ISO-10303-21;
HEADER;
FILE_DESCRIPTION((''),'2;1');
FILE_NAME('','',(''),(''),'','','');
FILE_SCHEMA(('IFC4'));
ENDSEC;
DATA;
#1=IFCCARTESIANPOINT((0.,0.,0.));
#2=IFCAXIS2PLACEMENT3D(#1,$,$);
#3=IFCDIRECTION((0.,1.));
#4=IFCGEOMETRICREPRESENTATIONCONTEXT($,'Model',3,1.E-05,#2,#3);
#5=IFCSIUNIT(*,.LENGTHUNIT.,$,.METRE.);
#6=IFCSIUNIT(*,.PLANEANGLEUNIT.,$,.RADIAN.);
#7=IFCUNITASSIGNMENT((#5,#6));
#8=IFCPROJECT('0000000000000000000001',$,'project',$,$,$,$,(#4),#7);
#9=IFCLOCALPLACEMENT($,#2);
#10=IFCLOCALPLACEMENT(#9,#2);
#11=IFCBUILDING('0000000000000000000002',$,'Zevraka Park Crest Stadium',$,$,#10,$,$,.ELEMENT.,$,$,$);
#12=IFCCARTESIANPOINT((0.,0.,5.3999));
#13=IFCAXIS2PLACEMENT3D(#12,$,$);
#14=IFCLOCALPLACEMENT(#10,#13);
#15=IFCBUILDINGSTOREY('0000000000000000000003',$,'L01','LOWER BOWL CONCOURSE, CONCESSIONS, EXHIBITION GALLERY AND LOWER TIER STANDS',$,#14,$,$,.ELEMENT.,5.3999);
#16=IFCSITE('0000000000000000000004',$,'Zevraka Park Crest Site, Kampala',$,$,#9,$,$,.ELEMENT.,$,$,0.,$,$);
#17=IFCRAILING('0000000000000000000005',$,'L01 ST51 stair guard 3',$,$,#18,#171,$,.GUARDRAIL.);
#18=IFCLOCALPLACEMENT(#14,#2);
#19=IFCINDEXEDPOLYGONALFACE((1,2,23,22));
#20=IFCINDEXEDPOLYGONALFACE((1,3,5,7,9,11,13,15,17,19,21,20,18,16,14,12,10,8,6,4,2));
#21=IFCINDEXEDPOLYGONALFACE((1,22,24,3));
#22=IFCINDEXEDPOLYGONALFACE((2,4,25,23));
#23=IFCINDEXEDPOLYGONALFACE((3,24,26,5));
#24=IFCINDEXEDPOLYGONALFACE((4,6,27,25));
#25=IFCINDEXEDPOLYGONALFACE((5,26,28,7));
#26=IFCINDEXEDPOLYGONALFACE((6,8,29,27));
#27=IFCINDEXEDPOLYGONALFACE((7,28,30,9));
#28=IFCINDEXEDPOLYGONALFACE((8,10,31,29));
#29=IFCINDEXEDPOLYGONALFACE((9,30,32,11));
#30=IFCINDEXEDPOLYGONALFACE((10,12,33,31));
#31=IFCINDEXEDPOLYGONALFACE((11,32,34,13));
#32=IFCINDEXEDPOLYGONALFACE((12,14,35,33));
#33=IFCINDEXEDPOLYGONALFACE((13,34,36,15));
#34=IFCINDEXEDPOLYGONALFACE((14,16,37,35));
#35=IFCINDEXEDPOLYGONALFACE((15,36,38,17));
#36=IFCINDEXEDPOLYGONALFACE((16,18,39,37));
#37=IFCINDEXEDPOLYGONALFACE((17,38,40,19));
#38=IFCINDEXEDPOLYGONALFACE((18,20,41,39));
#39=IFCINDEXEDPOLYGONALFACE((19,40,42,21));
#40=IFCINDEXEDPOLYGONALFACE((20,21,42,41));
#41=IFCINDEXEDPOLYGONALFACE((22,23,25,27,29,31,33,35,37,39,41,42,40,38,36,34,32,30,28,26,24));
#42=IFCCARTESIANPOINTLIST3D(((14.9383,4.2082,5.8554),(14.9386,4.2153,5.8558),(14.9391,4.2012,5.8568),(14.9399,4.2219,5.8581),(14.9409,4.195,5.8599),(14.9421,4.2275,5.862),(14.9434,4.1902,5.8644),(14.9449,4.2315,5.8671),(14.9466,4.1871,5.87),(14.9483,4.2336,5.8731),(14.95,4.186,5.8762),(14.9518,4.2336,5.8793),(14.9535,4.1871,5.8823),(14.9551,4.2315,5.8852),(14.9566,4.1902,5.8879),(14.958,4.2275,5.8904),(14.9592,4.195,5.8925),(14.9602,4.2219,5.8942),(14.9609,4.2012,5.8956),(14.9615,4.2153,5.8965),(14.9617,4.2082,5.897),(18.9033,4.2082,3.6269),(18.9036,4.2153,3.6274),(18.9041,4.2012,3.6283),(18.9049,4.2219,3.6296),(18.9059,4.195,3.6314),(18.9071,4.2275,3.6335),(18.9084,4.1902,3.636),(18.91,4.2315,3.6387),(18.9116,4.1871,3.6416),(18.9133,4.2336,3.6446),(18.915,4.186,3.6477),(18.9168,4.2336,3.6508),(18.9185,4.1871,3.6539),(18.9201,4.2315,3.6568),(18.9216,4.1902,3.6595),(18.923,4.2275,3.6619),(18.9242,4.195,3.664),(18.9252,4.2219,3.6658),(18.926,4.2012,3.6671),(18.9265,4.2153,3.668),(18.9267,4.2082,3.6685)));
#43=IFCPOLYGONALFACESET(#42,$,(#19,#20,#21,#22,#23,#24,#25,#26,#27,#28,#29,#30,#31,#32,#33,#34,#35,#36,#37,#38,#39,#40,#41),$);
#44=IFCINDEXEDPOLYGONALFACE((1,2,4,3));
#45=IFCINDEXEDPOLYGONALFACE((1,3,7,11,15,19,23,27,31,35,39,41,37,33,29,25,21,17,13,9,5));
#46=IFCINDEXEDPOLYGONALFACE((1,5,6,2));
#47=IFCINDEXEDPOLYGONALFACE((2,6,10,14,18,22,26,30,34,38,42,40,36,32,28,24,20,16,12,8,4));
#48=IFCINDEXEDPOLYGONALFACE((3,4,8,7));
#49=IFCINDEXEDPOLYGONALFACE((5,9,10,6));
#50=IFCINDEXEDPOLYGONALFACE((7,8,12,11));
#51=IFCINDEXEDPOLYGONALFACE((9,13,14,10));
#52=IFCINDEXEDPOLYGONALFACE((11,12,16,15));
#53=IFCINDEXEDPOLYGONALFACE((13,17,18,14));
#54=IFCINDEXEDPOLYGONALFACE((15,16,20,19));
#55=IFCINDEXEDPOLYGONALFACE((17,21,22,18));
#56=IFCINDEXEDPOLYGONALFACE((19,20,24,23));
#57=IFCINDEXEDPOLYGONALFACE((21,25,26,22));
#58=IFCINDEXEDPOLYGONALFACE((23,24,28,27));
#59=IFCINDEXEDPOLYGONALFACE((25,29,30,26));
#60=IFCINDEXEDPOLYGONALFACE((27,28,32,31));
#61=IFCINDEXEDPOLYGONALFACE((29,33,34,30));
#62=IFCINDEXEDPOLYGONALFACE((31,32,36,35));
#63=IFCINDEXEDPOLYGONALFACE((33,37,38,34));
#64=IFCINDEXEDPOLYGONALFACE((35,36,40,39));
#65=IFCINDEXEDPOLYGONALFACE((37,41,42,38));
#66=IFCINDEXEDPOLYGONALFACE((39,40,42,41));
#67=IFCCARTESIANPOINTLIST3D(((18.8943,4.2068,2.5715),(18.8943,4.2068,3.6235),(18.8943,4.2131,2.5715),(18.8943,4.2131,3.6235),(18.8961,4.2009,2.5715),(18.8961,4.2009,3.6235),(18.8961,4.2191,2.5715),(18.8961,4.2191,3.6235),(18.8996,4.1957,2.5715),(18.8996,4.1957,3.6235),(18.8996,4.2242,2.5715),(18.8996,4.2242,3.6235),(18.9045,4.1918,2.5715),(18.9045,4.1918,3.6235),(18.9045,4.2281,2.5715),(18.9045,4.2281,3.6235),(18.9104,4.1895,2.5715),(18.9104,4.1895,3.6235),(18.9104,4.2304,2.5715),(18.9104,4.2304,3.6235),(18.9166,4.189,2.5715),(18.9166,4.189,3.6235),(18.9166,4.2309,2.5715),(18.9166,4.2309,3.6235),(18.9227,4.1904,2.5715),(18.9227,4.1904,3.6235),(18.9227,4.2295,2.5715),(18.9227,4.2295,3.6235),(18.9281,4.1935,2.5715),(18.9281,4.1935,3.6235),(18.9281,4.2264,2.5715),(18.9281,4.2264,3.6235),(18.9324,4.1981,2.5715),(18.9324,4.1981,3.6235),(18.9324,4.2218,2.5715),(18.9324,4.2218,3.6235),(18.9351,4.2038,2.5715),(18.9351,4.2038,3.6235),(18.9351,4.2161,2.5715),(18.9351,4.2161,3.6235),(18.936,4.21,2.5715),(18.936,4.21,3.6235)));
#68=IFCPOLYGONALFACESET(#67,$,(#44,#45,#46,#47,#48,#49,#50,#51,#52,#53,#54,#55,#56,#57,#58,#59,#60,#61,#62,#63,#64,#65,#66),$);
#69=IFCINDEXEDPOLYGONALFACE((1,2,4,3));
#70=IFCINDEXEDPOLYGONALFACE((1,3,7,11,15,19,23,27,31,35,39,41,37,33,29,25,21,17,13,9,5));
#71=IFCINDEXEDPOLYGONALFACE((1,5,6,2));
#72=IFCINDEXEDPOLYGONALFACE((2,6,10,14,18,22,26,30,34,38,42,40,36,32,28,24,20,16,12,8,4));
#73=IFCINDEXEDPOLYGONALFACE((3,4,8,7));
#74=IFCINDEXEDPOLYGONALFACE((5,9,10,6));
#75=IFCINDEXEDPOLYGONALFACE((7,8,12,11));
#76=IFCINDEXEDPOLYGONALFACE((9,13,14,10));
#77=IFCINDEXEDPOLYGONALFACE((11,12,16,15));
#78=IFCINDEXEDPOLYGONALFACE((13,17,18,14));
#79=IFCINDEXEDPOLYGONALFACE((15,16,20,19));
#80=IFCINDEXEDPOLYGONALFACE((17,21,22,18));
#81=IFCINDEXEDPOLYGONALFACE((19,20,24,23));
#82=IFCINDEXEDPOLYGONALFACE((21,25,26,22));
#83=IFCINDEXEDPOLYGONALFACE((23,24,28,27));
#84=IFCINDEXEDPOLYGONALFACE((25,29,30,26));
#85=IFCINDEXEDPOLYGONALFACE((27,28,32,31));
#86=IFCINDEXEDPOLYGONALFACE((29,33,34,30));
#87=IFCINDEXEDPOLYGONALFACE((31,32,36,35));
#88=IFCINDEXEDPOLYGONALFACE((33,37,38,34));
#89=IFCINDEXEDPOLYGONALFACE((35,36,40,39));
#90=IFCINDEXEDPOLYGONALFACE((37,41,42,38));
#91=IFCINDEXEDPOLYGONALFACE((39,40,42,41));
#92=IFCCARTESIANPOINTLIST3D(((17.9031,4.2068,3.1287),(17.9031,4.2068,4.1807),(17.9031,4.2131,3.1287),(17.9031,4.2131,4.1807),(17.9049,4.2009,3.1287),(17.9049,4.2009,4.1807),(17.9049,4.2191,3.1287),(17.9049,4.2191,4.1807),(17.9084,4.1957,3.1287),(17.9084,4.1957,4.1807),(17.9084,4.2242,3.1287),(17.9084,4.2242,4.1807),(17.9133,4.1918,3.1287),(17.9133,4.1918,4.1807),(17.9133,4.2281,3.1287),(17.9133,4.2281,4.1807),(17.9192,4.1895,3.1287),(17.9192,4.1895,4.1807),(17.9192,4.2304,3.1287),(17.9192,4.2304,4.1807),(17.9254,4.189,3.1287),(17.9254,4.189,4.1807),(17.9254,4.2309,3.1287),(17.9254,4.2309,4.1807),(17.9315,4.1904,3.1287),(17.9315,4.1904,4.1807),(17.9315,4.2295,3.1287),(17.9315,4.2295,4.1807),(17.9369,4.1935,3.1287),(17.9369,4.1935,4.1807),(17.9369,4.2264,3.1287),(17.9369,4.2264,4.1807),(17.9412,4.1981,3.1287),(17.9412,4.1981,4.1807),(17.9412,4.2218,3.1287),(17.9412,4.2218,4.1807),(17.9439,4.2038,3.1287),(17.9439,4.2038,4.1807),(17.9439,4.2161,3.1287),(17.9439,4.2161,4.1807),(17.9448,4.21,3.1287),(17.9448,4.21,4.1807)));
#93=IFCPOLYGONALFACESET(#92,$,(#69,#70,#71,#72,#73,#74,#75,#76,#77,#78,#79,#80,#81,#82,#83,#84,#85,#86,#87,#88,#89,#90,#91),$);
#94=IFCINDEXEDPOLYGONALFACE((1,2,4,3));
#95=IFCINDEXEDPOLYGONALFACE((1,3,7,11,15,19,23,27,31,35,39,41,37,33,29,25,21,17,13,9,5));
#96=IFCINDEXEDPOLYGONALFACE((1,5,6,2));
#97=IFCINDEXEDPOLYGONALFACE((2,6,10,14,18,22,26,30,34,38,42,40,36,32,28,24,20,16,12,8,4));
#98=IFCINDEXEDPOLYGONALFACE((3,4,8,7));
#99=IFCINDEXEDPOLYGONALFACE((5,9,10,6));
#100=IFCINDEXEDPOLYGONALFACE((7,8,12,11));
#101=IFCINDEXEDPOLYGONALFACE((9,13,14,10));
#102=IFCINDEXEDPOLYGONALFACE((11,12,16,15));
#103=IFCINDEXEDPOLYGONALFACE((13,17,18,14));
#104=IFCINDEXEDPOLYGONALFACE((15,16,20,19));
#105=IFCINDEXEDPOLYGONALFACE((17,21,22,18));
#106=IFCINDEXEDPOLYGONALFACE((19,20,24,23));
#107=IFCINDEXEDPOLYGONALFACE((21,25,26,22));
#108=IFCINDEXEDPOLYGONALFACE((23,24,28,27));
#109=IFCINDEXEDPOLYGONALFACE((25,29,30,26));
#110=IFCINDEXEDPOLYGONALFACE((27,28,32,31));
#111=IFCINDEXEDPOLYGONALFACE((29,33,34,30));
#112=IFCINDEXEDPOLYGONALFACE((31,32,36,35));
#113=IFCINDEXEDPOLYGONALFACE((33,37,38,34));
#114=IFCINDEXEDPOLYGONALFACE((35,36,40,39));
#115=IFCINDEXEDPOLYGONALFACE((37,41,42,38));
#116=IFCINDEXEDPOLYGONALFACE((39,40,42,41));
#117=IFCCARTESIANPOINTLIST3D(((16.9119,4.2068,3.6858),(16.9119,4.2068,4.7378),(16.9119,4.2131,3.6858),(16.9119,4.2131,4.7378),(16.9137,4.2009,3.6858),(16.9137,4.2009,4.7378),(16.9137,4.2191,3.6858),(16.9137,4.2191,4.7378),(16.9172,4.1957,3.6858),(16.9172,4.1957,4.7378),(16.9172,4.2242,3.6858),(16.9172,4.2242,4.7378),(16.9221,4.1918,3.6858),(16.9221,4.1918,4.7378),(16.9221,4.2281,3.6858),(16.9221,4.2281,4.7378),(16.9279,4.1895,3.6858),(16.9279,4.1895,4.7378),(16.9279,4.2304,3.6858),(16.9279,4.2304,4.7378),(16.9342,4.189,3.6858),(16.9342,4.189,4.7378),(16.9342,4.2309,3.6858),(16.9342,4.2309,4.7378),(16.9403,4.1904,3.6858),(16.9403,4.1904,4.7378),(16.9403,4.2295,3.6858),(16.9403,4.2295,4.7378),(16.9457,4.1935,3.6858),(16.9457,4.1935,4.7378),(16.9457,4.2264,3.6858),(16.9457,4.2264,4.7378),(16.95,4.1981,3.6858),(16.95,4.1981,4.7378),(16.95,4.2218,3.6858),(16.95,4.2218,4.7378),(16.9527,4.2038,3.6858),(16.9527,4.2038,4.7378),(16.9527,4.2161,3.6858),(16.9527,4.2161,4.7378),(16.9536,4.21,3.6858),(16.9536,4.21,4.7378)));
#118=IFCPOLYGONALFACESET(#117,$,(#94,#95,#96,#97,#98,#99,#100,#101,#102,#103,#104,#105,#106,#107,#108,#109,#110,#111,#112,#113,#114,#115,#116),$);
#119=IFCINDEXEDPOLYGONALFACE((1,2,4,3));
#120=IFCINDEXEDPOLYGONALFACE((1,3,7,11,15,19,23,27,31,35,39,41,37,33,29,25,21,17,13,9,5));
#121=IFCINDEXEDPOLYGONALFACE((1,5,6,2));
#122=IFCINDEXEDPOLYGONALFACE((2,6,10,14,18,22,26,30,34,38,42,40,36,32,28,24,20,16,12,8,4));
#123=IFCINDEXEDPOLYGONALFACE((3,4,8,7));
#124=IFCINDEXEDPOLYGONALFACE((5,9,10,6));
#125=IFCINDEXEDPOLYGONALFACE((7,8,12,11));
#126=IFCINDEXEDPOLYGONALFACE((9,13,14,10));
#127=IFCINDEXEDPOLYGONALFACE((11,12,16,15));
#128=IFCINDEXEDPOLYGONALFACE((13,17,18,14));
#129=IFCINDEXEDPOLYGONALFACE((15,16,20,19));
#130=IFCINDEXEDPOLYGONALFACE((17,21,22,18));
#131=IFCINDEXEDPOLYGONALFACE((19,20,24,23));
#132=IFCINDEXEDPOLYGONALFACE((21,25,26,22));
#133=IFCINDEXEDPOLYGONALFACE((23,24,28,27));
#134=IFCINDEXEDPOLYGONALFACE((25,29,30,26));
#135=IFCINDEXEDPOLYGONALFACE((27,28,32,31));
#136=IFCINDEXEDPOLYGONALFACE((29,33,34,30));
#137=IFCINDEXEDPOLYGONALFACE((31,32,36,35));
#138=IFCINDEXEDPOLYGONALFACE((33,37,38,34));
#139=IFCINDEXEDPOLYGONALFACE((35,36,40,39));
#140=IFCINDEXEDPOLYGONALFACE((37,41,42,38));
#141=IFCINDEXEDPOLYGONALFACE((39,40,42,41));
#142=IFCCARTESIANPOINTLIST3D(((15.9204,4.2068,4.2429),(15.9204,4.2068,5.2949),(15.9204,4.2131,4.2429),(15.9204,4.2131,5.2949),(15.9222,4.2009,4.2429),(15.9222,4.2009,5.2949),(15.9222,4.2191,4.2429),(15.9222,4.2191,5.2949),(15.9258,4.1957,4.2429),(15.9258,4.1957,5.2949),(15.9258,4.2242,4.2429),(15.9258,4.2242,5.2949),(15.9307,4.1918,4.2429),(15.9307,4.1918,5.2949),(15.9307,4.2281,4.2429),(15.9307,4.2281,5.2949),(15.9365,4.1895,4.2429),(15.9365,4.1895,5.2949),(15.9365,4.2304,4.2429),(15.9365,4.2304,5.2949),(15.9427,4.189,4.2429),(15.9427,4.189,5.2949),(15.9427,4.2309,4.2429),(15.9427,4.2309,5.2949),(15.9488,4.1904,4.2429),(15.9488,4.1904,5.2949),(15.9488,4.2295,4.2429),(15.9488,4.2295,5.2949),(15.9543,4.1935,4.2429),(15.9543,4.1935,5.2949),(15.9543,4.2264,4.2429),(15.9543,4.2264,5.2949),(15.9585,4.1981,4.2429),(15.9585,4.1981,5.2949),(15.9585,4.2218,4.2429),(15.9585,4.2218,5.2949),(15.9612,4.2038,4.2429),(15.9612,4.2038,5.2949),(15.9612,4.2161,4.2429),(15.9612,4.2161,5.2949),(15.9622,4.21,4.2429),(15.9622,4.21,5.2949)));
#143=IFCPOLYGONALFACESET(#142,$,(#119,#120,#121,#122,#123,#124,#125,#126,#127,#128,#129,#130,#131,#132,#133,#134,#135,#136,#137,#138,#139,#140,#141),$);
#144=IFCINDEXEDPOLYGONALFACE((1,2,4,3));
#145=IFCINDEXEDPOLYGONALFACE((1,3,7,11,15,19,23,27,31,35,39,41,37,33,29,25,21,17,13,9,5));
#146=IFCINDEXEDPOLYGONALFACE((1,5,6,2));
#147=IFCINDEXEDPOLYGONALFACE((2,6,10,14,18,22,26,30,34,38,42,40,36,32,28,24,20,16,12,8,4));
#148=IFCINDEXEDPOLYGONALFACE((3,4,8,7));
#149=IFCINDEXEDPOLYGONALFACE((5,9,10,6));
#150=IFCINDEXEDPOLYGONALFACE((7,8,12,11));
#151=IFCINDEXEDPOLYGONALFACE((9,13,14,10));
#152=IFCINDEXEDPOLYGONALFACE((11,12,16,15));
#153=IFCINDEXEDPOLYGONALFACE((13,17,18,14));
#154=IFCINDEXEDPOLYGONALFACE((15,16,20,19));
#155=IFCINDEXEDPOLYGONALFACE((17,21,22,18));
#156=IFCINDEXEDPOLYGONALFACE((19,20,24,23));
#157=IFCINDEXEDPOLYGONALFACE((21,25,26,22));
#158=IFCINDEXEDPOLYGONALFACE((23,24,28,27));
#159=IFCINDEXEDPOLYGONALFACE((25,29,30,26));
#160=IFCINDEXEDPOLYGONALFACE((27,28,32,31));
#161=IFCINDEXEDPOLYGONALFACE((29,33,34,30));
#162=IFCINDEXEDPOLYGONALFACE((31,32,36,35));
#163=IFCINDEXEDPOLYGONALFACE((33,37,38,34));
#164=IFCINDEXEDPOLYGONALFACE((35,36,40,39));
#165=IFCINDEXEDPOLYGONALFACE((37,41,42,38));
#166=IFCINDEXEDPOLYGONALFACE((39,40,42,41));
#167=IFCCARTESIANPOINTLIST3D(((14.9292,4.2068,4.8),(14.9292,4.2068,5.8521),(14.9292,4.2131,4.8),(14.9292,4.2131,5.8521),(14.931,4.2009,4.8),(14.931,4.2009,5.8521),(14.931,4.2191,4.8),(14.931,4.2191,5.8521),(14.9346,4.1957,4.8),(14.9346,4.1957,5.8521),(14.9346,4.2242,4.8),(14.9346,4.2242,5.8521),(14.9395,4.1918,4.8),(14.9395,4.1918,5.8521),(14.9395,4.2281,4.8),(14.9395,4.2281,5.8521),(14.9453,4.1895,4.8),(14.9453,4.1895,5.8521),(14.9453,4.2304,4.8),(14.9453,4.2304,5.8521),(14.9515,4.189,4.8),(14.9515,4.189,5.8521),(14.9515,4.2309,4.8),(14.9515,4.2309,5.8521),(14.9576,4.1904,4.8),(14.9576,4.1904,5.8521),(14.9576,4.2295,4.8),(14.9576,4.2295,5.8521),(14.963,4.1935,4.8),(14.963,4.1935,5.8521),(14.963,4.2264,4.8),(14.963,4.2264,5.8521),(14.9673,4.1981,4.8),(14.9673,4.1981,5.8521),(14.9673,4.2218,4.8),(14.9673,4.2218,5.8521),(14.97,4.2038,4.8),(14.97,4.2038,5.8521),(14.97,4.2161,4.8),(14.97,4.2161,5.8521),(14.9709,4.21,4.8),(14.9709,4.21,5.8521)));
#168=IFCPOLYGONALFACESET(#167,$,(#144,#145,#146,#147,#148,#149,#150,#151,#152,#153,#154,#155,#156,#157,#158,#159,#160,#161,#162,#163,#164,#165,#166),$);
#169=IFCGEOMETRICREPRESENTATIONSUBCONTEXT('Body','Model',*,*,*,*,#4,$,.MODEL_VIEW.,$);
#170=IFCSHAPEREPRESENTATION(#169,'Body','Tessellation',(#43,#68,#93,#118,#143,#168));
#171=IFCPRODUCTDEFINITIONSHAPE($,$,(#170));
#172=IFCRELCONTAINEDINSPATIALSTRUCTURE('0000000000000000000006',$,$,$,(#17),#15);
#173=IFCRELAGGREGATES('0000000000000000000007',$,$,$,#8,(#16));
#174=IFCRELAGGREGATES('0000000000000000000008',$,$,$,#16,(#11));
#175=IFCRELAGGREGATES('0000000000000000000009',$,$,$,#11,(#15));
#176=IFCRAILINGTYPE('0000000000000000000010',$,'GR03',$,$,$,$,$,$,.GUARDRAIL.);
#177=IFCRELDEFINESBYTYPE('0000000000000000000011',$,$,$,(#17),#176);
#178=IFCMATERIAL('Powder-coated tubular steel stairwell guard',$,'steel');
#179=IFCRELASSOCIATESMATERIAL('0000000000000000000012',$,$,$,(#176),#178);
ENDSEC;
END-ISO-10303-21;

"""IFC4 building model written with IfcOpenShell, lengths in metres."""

from ifc_helpers import new_model, si_unit, direction, frame, origin, origin_2d, place, context, subcontext, project, spatial, circle, extrude, material, type_object, element, save


model = new_model("IFC4")

# Units and contexts
model_context = context("Model", 3, precision=1e-05, world=origin(), true_north=direction((0.0, 1.0)))
body_context = subcontext(model_context, "Body", "Model", "MODEL_VIEW")
ifc_project = project(units=[si_unit("LENGTHUNIT", "METRE"), si_unit("PLANEANGLEUNIT", "RADIAN")], contexts=[model_context])

# Site, building, storey
site_placement = place(None, origin())
site = spatial("IfcSite", under=ifc_project, at=site_placement, Name="Zevraka Park Crest Site, Kampala", CompositionType="ELEMENT", RefElevation=0.0)
building_placement = place(site_placement, origin())
building = spatial("IfcBuilding", under=site, at=building_placement, Name="Zevraka Park Crest Stadium", CompositionType="ELEMENT")
storey_placement = place(building_placement, frame((0.0, 0.0, 5.3999)))
storey = spatial("IfcBuildingStorey", under=building, at=storey_placement, Name="L01", Description="LOWER BOWL CONCOURSE, CONCESSIONS, EXHIBITION GALLERY AND LOWER TIER STANDS", CompositionType="ELEMENT", Elevation=5.3999)

# Railing
ifc_material_1 = material(Name="Powder-coated tubular steel stairwell guard", Category="steel")
railing_type_1 = type_object("IfcRailingType", Name="GR03", PredefinedType="GUARDRAIL", material=ifc_material_1)
railing_1_placement = place(storey_placement, frame((18.915, 4.21, 2.5715)))
element("IfcRailing", 1, at=railing_1_placement, inside=storey, type_object=railing_type_1, Name="L01 ST51 stair guard 3", PredefinedType="GUARDRAIL", context=body_context, shape_type="SweptSolid", body=[
    extrude(circle(Radius=0.0239, at=origin_2d()), frame((0.0, 0.0, 1.0762), z_axis=(-0.871749, 0.0, 0.489953), x_axis=(0.0, -1.0, 0.0)), (0.0, 0.0, 1.0), 4.5483),
    extrude(circle(Radius=0.021, at=origin_2d()), origin(), (0.0, 0.0, 1.0), 1.052),
    extrude(circle(Radius=0.021, at=origin_2d()), frame((-0.9912, 0.0, 0.5571)), (0.0, 0.0, 1.0), 1.052),
    extrude(circle(Radius=0.021, at=origin_2d()), frame((-1.9824, 0.0, 1.1143)), (0.0, 0.0, 1.0), 1.052),
    extrude(circle(Radius=0.021, at=origin_2d()), frame((-2.9739, 0.0, 1.6714)), (0.0, 0.0, 1.0), 1.052),
    extrude(circle(Radius=0.021, at=origin_2d()), frame((-3.9651, 0.0, 2.2285)), (0.0, 0.0, 1.0), 1.052),
])

save(model, "model.ifc")
